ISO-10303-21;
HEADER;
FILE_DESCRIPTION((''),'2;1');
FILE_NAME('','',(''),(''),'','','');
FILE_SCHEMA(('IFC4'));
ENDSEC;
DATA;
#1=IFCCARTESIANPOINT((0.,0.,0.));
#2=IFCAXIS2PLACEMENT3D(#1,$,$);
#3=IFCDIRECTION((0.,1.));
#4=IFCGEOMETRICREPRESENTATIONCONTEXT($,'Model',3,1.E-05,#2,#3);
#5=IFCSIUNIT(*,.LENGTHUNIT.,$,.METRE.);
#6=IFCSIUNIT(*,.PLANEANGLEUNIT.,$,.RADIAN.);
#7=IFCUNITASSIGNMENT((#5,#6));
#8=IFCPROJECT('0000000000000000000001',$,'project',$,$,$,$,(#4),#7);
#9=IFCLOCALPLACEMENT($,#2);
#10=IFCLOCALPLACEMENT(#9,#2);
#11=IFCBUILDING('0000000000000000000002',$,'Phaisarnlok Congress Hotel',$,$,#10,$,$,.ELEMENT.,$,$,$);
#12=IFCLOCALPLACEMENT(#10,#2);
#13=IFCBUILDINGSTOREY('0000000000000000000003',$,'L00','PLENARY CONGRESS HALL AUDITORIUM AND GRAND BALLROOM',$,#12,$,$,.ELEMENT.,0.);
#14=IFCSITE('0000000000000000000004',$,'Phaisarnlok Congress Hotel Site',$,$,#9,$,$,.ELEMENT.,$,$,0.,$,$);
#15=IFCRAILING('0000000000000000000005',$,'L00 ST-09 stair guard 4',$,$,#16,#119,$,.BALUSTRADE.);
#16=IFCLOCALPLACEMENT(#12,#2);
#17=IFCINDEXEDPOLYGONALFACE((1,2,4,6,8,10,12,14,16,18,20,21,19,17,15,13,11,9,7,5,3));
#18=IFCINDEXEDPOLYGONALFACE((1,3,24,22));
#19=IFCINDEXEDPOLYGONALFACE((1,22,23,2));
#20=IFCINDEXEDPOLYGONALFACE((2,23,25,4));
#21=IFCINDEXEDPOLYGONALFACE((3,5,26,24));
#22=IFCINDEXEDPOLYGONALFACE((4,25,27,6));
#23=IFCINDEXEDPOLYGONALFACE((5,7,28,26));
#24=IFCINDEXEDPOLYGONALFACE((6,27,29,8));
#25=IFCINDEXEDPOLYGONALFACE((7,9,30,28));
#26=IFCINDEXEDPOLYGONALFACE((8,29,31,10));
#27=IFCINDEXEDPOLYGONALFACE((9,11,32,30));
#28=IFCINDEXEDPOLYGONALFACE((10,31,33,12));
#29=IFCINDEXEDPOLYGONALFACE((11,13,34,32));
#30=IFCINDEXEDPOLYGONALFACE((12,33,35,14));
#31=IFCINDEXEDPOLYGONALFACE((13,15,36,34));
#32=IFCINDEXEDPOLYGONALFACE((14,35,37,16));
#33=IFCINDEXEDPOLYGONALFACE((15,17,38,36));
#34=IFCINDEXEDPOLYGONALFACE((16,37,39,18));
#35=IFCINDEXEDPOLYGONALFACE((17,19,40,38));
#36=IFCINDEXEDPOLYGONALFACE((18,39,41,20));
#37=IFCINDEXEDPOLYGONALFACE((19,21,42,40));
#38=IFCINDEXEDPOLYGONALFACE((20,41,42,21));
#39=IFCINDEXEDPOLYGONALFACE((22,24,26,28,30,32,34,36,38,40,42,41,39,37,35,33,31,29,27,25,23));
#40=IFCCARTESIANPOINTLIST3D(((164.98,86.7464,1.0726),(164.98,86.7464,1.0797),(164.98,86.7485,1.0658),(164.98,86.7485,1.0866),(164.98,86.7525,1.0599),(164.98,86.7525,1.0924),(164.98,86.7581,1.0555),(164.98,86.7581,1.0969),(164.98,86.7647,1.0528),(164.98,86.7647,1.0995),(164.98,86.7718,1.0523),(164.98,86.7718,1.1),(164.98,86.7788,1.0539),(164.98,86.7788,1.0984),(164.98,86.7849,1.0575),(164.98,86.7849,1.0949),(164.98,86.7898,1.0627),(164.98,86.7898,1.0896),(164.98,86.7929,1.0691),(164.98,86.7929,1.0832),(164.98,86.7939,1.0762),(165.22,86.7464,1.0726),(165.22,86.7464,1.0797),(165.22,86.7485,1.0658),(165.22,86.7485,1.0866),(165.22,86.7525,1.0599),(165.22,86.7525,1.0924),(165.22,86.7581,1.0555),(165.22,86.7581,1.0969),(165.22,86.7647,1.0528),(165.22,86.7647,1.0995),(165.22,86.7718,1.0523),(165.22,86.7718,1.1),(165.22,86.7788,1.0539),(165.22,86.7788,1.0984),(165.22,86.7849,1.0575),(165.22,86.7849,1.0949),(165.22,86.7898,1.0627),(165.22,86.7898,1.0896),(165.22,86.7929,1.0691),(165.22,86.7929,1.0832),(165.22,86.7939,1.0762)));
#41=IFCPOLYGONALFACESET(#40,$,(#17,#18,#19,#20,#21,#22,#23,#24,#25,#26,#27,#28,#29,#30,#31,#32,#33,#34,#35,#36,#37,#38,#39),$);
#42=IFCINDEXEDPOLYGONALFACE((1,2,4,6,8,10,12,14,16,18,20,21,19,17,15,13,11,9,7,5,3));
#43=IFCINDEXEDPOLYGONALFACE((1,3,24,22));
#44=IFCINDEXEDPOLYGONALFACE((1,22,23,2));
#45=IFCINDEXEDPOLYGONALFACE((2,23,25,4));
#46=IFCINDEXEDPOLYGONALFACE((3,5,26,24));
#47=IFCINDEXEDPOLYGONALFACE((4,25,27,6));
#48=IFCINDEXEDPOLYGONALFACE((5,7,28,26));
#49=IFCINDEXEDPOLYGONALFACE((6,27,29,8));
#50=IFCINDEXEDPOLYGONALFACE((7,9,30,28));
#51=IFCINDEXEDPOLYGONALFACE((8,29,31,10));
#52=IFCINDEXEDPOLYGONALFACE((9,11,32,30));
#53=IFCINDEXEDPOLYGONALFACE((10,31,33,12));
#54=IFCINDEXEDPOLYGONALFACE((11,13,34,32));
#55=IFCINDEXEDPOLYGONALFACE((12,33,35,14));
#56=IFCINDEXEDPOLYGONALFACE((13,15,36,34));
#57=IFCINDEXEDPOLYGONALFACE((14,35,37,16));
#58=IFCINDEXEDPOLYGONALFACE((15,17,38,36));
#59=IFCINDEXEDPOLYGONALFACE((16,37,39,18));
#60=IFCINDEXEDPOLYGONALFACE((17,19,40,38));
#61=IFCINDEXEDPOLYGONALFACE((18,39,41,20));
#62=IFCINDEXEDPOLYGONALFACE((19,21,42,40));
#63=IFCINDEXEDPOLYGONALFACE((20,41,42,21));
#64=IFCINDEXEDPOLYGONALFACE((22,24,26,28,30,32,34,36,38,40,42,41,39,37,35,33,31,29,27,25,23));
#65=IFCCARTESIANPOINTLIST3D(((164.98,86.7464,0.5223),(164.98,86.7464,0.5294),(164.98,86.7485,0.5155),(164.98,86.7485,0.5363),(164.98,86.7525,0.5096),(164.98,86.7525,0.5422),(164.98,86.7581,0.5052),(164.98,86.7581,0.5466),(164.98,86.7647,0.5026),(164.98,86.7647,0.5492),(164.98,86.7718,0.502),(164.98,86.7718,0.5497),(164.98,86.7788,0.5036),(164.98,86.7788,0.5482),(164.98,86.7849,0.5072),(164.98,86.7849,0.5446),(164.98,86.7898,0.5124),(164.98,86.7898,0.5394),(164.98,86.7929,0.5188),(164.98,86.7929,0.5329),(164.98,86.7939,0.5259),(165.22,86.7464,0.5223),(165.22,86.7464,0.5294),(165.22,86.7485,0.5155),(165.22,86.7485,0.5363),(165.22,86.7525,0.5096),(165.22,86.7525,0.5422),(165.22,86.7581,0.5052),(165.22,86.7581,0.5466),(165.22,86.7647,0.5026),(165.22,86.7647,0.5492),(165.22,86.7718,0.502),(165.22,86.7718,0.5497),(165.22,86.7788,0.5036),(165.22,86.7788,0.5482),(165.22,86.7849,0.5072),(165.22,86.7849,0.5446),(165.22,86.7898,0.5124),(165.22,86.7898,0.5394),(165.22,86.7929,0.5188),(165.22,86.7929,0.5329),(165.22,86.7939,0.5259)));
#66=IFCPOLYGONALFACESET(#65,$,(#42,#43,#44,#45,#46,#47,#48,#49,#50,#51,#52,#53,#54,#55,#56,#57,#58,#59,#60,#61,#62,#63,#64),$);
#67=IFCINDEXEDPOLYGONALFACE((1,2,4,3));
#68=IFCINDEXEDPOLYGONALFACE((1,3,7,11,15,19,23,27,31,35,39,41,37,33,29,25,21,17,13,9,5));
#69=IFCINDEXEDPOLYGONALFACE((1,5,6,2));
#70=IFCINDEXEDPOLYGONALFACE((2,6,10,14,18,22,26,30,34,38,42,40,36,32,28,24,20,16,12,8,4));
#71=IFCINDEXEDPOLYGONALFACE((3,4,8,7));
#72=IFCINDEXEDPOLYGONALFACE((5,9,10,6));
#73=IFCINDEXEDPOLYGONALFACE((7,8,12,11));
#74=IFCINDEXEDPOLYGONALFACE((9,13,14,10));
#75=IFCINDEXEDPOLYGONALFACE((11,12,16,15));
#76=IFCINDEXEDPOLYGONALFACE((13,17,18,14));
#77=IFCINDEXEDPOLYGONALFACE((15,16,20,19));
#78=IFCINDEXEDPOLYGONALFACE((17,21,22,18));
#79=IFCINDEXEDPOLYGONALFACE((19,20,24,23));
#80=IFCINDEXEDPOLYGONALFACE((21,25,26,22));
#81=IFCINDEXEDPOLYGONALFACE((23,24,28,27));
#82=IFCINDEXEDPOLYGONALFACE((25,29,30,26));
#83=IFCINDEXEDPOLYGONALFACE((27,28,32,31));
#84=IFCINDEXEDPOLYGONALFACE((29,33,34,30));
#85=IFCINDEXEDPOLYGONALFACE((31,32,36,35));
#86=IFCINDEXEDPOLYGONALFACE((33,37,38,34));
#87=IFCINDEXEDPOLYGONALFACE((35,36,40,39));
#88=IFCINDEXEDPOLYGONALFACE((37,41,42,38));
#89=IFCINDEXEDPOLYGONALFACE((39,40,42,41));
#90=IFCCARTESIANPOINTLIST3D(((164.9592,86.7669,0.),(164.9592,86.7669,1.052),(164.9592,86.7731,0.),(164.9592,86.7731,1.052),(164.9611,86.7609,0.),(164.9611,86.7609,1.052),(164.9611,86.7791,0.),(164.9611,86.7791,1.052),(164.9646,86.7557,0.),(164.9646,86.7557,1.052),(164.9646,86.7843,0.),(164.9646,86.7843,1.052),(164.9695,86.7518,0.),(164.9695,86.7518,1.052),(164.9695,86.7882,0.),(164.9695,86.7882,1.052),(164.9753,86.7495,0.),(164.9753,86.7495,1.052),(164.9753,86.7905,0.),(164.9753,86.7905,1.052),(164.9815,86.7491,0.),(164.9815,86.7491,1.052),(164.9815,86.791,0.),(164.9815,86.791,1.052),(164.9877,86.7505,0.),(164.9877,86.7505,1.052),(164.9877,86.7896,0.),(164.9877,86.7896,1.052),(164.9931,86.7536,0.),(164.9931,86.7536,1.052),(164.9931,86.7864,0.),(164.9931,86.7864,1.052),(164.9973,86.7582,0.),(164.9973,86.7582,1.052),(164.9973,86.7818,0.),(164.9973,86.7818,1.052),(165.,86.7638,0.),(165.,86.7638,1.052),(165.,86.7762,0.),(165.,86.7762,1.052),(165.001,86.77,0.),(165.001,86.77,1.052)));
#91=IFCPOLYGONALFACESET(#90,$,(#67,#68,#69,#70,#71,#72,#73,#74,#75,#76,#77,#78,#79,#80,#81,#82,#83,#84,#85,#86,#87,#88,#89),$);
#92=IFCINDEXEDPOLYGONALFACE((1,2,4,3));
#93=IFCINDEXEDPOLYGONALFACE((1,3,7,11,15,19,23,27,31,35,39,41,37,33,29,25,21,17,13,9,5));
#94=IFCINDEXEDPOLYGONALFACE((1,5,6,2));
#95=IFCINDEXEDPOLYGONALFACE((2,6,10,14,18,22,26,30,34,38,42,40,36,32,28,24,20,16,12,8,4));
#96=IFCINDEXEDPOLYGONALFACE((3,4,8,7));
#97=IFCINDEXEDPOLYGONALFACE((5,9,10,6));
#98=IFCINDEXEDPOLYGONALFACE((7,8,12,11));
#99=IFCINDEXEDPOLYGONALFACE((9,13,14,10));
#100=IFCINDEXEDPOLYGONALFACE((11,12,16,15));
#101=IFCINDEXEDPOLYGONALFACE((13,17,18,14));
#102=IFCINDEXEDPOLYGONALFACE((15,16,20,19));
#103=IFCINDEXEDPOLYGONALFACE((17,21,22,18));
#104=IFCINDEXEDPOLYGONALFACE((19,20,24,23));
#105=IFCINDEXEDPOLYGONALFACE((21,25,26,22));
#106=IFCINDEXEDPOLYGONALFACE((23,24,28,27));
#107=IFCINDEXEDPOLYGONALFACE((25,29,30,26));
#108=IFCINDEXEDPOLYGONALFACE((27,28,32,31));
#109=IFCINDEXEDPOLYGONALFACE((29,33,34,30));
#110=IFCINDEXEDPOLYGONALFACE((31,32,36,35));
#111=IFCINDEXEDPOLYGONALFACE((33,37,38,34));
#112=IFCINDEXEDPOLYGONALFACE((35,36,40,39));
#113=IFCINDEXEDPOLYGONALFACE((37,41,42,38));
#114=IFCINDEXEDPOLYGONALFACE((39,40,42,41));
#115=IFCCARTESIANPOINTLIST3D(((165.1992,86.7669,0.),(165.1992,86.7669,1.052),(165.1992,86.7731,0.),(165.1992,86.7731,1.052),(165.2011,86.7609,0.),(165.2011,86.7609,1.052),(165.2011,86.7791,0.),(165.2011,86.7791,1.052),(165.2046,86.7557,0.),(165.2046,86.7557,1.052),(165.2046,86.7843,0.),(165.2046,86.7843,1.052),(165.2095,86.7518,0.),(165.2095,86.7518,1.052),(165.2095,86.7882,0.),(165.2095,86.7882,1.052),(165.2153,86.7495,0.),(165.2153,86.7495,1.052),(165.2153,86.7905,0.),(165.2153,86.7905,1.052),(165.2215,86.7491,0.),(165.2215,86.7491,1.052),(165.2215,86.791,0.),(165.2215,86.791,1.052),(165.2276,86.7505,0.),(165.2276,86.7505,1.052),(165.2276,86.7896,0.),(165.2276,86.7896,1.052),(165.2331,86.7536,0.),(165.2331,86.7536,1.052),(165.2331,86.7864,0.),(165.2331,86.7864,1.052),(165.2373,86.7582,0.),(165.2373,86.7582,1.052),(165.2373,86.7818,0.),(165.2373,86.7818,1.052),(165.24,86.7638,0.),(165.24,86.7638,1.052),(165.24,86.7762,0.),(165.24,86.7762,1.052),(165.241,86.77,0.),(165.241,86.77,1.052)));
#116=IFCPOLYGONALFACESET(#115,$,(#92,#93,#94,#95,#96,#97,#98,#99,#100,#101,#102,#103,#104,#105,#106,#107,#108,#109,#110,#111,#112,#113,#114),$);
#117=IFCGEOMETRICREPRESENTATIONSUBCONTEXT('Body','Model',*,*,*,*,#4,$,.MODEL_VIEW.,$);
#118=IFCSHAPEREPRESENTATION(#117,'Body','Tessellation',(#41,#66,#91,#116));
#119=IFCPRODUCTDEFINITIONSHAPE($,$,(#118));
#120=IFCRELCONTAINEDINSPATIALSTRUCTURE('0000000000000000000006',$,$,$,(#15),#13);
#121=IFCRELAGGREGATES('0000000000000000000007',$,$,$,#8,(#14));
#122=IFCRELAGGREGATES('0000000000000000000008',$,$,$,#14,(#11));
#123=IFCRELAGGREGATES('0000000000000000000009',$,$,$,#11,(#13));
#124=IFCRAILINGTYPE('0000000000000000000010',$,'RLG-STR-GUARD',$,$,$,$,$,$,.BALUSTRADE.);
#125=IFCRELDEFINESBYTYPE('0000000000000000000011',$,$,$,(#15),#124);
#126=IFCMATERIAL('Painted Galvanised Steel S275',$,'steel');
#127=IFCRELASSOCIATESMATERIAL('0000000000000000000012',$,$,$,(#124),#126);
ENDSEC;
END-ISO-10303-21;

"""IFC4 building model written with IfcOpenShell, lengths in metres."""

from ifc_helpers import new_model, si_unit, direction, frame, origin, origin_2d, place, context, subcontext, project, spatial, circle, extrude, material, type_object, element, save


model = new_model("IFC4")

# Units and contexts
model_context = context("Model", 3, precision=1e-05, world=origin(), true_north=direction((0.0, 1.0)))
body_context = subcontext(model_context, "Body", "Model", "MODEL_VIEW")
ifc_project = project(units=[si_unit("LENGTHUNIT", "METRE"), si_unit("PLANEANGLEUNIT", "RADIAN")], contexts=[model_context])

# Site, building, storey
site_placement = place(None, origin())
site = spatial("IfcSite", under=ifc_project, at=site_placement, Name="Phaisarnlok Congress Hotel Site", CompositionType="ELEMENT", RefElevation=0.0)
building_placement = place(site_placement, origin())
building = spatial("IfcBuilding", under=site, at=building_placement, Name="Phaisarnlok Congress Hotel", CompositionType="ELEMENT")
storey_placement = place(building_placement, origin())
storey = spatial("IfcBuildingStorey", under=building, at=storey_placement, Name="L00", Description="PLENARY CONGRESS HALL AUDITORIUM AND GRAND BALLROOM", CompositionType="ELEMENT", Elevation=0.0)

# Railing
ifc_material_1 = material(Name="Painted Galvanised Steel S275", Category="steel")
railing_type_1 = type_object("IfcRailingType", Name="RLG-STR-GUARD", PredefinedType="BALUSTRADE", material=ifc_material_1)
railing_1_placement = place(storey_placement, frame((164.98, 86.77, 0.0)))
element("IfcRailing", 1, at=railing_1_placement, inside=storey, type_object=railing_type_1, Name="L00 ST-09 stair guard 4", PredefinedType="BALUSTRADE", context=body_context, shape_type="SweptSolid", body=[
    extrude(circle(Radius=0.0239, at=origin_2d()), frame((0.0, 0.0, 1.0762), z_axis=(1.0, 0.0, 0.0), x_axis=(0.0, 1.0, 0.0)), (0.0, 0.0, 1.0), 0.24),
    extrude(circle(Radius=0.0239, at=origin_2d()), frame((0.0, 0.0, 0.5259), z_axis=(1.0, 0.0, 0.0), x_axis=(0.0, 1.0, 0.0)), (0.0, 0.0, 1.0), 0.24),
    extrude(circle(Radius=0.021, at=origin_2d()), origin(), (0.0, 0.0, 1.0), 1.052),
    extrude(circle(Radius=0.021, at=origin_2d()), frame((0.24, 0.0, 0.0)), (0.0, 0.0, 1.0), 1.052),
])

save(model, "model.ifc")
